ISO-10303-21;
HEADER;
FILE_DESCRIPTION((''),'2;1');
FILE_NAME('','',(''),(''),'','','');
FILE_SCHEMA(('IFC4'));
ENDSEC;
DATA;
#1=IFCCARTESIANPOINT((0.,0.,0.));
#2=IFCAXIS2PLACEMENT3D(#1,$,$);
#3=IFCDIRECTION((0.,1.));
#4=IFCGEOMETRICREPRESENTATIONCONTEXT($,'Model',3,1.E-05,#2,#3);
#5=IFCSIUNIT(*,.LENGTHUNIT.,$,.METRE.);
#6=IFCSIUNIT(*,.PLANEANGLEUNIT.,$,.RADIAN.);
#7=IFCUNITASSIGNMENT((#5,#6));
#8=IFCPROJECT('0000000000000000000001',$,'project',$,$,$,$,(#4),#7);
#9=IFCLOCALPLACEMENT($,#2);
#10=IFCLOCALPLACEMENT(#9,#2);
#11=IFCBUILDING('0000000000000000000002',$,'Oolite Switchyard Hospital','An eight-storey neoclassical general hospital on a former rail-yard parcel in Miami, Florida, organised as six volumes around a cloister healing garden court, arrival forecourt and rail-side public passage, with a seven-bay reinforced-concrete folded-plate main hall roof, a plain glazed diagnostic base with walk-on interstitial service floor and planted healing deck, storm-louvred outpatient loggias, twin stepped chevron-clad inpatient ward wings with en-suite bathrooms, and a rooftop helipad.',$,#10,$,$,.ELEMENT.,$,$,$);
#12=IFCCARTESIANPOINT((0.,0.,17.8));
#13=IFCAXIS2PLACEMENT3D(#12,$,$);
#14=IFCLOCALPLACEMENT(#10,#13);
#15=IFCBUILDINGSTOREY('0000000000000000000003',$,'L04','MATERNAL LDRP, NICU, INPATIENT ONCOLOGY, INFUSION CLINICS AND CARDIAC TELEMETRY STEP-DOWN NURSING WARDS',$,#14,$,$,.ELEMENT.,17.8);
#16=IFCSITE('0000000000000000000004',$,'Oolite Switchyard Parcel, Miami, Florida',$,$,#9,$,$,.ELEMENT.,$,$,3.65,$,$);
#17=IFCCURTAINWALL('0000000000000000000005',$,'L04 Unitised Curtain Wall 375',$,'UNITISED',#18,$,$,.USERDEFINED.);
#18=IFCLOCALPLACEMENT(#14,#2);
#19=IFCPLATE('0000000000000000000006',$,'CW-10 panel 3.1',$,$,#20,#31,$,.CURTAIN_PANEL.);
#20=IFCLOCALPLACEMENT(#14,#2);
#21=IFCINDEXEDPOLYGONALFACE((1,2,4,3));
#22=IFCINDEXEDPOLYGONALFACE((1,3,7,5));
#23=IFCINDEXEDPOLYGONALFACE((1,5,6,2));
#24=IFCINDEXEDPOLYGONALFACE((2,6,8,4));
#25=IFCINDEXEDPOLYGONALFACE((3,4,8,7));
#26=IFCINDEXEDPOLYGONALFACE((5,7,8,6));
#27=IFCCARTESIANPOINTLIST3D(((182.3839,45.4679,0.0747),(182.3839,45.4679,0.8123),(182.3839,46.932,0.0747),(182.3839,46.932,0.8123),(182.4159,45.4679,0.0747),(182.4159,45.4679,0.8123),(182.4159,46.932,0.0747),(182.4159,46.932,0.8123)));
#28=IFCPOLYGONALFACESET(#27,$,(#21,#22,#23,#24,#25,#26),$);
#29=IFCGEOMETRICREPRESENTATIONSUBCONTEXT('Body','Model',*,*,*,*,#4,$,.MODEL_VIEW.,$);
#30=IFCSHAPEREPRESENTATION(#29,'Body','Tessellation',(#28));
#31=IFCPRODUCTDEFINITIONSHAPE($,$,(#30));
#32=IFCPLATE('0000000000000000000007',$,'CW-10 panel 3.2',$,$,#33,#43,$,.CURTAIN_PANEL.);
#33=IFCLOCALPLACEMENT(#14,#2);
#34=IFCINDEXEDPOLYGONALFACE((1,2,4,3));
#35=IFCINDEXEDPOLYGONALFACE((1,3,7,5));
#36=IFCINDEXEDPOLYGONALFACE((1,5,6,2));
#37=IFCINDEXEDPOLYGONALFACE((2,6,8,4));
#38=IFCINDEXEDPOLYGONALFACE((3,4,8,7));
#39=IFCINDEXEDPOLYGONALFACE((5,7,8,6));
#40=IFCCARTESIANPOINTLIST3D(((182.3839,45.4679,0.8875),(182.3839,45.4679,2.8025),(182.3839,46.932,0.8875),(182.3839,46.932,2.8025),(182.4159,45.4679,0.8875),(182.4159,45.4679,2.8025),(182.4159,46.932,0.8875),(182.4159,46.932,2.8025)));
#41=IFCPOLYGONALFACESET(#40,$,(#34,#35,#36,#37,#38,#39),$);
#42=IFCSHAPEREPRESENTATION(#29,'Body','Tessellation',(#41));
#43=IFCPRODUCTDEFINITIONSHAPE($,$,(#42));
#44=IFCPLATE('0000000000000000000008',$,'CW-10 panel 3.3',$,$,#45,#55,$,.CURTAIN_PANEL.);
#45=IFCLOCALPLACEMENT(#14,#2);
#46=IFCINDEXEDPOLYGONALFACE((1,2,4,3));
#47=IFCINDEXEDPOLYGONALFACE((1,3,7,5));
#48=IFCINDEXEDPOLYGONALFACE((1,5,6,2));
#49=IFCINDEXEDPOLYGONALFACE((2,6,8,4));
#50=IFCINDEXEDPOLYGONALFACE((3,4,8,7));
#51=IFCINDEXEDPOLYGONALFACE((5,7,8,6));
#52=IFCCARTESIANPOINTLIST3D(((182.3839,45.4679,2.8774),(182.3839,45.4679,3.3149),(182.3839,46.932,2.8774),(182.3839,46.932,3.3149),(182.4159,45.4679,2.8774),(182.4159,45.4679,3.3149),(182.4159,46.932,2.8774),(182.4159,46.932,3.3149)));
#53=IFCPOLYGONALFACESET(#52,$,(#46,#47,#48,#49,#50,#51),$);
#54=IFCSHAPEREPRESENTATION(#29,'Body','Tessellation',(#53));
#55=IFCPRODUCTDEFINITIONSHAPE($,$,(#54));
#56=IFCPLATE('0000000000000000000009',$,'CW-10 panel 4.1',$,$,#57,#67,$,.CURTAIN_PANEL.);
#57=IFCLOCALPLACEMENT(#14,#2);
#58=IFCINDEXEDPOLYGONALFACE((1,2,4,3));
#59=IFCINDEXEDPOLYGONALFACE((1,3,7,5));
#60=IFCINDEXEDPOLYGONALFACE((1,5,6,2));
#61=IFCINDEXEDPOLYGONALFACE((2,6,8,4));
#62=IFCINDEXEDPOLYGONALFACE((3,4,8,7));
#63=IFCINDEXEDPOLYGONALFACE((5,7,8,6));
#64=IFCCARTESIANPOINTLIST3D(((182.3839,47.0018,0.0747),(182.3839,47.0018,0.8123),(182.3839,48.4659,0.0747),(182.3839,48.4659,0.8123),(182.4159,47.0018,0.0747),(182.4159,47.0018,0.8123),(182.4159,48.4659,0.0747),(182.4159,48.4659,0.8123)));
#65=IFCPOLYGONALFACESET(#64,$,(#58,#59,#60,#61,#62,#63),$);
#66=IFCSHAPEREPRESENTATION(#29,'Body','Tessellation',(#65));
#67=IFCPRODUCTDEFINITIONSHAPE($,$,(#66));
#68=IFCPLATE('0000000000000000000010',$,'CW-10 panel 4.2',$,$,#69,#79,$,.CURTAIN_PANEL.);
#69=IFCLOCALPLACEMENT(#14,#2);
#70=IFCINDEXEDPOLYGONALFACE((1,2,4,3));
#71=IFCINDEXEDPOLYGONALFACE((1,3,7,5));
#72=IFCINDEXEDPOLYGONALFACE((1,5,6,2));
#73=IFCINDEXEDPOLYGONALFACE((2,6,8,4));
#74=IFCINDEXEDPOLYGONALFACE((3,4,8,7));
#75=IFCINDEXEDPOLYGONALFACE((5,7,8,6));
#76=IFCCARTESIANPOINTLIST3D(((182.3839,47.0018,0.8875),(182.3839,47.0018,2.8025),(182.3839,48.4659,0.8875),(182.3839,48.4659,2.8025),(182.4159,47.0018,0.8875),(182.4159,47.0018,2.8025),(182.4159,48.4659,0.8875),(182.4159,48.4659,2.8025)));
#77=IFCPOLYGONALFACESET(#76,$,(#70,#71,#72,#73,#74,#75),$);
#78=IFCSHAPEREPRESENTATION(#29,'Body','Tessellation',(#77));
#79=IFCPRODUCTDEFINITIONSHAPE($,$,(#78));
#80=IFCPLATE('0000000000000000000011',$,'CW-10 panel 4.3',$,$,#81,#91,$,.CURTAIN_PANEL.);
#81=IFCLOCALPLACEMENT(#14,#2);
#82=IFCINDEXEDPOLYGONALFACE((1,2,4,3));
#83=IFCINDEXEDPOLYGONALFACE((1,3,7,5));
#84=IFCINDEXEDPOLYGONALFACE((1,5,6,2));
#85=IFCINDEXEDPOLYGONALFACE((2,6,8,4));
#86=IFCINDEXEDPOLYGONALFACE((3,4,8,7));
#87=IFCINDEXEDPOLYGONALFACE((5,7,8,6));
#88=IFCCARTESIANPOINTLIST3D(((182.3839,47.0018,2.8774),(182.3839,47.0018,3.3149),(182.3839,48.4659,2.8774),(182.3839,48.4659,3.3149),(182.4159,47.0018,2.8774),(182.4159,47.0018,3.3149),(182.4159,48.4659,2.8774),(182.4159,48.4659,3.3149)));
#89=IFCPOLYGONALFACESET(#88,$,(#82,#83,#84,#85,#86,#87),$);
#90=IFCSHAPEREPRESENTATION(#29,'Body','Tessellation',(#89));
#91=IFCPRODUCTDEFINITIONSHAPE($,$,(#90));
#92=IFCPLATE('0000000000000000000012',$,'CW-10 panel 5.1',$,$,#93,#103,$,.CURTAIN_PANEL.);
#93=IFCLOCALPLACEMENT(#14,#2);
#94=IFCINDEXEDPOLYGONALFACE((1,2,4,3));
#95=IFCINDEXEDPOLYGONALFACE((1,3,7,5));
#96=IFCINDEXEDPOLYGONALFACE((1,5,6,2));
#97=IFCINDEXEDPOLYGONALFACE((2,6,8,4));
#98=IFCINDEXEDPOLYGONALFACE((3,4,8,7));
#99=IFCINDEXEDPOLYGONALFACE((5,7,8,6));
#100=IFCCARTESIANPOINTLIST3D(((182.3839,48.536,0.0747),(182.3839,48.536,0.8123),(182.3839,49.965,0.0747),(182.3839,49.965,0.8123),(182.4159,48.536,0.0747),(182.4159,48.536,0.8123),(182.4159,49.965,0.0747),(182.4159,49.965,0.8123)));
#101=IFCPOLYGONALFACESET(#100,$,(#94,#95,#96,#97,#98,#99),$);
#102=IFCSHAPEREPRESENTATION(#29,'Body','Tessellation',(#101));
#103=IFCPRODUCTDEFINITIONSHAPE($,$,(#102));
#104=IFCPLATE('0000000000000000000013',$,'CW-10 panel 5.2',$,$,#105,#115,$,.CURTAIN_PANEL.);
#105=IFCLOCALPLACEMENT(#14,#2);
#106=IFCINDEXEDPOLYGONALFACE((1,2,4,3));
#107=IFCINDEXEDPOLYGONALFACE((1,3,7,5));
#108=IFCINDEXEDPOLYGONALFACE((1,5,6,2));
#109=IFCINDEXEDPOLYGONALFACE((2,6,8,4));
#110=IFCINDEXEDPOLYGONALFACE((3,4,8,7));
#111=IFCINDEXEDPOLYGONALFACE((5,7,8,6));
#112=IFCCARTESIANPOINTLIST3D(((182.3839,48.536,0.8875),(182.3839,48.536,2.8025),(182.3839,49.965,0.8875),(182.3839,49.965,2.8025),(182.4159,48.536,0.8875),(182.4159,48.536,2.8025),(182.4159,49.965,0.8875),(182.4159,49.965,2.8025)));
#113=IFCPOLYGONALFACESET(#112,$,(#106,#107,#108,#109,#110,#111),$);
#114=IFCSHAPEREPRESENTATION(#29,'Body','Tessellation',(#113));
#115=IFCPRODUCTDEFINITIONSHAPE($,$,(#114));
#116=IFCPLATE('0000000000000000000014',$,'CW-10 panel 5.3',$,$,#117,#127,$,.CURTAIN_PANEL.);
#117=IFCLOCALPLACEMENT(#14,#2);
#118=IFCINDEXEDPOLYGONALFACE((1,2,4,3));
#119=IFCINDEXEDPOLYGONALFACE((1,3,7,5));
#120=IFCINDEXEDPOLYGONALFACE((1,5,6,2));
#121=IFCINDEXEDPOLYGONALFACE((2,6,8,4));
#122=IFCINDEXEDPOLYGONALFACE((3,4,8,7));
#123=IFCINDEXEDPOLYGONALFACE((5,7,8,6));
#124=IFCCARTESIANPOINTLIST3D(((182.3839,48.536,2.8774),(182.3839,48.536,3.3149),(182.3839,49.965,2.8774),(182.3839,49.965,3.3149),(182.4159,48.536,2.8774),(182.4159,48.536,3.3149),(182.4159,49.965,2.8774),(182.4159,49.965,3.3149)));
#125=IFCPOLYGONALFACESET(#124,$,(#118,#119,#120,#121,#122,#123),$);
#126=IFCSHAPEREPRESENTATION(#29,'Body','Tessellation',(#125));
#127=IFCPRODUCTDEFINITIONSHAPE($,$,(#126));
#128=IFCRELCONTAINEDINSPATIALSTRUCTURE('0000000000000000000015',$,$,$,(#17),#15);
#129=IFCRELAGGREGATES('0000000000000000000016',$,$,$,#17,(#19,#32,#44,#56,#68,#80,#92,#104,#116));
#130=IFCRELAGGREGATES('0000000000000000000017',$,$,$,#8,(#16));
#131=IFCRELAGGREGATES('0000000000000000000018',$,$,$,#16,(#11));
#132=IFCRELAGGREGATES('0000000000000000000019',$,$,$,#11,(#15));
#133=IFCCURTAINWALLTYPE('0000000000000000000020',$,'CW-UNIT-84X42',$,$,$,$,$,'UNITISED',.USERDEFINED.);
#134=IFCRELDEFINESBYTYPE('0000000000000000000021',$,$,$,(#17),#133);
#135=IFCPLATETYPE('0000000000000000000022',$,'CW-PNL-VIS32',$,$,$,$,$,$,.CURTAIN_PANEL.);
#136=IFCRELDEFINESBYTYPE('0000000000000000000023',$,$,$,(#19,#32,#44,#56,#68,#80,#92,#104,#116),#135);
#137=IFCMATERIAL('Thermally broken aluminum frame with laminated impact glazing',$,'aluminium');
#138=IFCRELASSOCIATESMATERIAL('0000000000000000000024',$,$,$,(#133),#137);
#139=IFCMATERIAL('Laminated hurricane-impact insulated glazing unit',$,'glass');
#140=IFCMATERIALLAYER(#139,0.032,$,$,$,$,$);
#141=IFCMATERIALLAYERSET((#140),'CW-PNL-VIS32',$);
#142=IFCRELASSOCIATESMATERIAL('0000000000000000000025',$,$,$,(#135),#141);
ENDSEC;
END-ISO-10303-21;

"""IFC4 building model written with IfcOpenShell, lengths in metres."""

from ifc_helpers import new_model, si_unit, direction, frame, origin, origin_2d, place, context, subcontext, project, spatial, rectangle, extrude, material, layer, layer_set, type_object, element, aggregate, save


model = new_model("IFC4")

# Units and contexts
model_context = context("Model", 3, precision=1e-05, world=origin(), true_north=direction((0.0, 1.0)))
body_context = subcontext(model_context, "Body", "Model", "MODEL_VIEW")
ifc_project = project(units=[si_unit("LENGTHUNIT", "METRE"), si_unit("PLANEANGLEUNIT", "RADIAN")], contexts=[model_context])

# Site, building, storey
site_placement = place(None, origin())
site = spatial("IfcSite", under=ifc_project, at=site_placement, Name="Oolite Switchyard Parcel, Miami, Florida", CompositionType="ELEMENT", RefElevation=3.65)
building_placement = place(site_placement, origin())
building = spatial("IfcBuilding", under=site, at=building_placement, Name="Oolite Switchyard Hospital", Description="An eight-storey neoclassical general hospital on a former rail-yard parcel in Miami, Florida, organised as six volumes around a cloister healing garden court, arrival forecourt and rail-side public passage, with a seven-bay reinforced-concrete folded-plate main hall roof, a plain glazed diagnostic base with walk-on interstitial service floor and planted healing deck, storm-louvred outpatient loggias, twin stepped chevron-clad inpatient ward wings with en-suite bathrooms, and a rooftop helipad.", CompositionType="ELEMENT")
storey_placement = place(building_placement, frame((0.0, 0.0, 17.8)))
storey = spatial("IfcBuildingStorey", under=building, at=storey_placement, Name="L04", Description="MATERNAL LDRP, NICU, INPATIENT ONCOLOGY, INFUSION CLINICS AND CARDIAC TELEMETRY STEP-DOWN NURSING WARDS", CompositionType="ELEMENT", Elevation=17.8)

# Curtain wall, plates
ifc_material_1 = material(Name="Thermally broken aluminum frame with laminated impact glazing", Category="aluminium")
curtain_wall_type = type_object("IfcCurtainWallType", Name="CW-UNIT-84X42", ElementType="UNITISED", PredefinedType="USERDEFINED", material=ifc_material_1)
curtain_wall_placement = place(storey_placement, origin())
curtain_wall = element("IfcCurtainWall", 1, at=curtain_wall_placement, inside=storey, type_object=curtain_wall_type, Name="L04 Unitised Curtain Wall 375", ObjectType="UNITISED", PredefinedType="USERDEFINED")
ifc_material_2 = material(Name="Laminated hurricane-impact insulated glazing unit", Category="glass")
ifc_layer = layer(ifc_material_2, 0.032)
ifc_layer_set = layer_set([ifc_layer], Name="CW-PNL-VIS32")
plate_type = type_object("IfcPlateType", Name="CW-PNL-VIS32", PredefinedType="CURTAIN_PANEL", material=ifc_layer_set)
plate_1_placement = place(storey_placement, frame((182.3999, 46.2, 0.0747), z_axis=(0.0, 0.0, 1.0), x_axis=(0.0, 1.0, 0.0)))
plate_1 = element("IfcPlate", 2, at=plate_1_placement, type_object=plate_type, Name="CW-10 panel 3.1", PredefinedType="CURTAIN_PANEL", context=body_context, shape_type="SweptSolid", body=[
    extrude(rectangle(XDim=1.4641, YDim=0.032, at=origin_2d()), origin(), (0.0, 0.0, 1.0), 0.7375),
])
plate_2_placement = place(storey_placement, frame((182.3999, 46.2, 0.8875), z_axis=(0.0, 0.0, 1.0), x_axis=(0.0, 1.0, 0.0)))
plate_2 = element("IfcPlate", 3, at=plate_2_placement, type_object=plate_type, Name="CW-10 panel 3.2", PredefinedType="CURTAIN_PANEL", context=body_context, shape_type="SweptSolid", body=[
    extrude(rectangle(XDim=1.4641, YDim=0.032, at=origin_2d()), origin(), (0.0, 0.0, 1.0), 1.915),
])
plate_3_placement = place(storey_placement, frame((182.3999, 46.2, 2.8774), z_axis=(0.0, 0.0, 1.0), x_axis=(0.0, 1.0, 0.0)))
plate_3 = element("IfcPlate", 4, at=plate_3_placement, type_object=plate_type, Name="CW-10 panel 3.3", PredefinedType="CURTAIN_PANEL", context=body_context, shape_type="SweptSolid", body=[
    extrude(rectangle(XDim=1.4641, YDim=0.032, at=origin_2d()), origin(), (0.0, 0.0, 1.0), 0.4375),
])
plate_4_placement = place(storey_placement, frame((182.3999, 47.7339, 0.0747), z_axis=(0.0, 0.0, 1.0), x_axis=(0.0, 1.0, 0.0)))
plate_4 = element("IfcPlate", 5, at=plate_4_placement, type_object=plate_type, Name="CW-10 panel 4.1", PredefinedType="CURTAIN_PANEL", context=body_context, shape_type="SweptSolid", body=[
    extrude(rectangle(XDim=1.4641, YDim=0.032, at=origin_2d()), origin(), (0.0, 0.0, 1.0), 0.7375),
])
plate_5_placement = place(storey_placement, frame((182.3999, 47.7339, 0.8875), z_axis=(0.0, 0.0, 1.0), x_axis=(0.0, 1.0, 0.0)))
plate_5 = element("IfcPlate", 6, at=plate_5_placement, type_object=plate_type, Name="CW-10 panel 4.2", PredefinedType="CURTAIN_PANEL", context=body_context, shape_type="SweptSolid", body=[
    extrude(rectangle(XDim=1.4641, YDim=0.032, at=origin_2d()), origin(), (0.0, 0.0, 1.0), 1.915),
])
plate_6_placement = place(storey_placement, frame((182.3999, 47.7339, 2.8774), z_axis=(0.0, 0.0, 1.0), x_axis=(0.0, 1.0, 0.0)))
plate_6 = element("IfcPlate", 7, at=plate_6_placement, type_object=plate_type, Name="CW-10 panel 4.3", PredefinedType="CURTAIN_PANEL", context=body_context, shape_type="SweptSolid", body=[
    extrude(rectangle(XDim=1.4641, YDim=0.032, at=origin_2d()), origin(), (0.0, 0.0, 1.0), 0.4375),
])
plate_7_placement = place(storey_placement, frame((182.3999, 49.2505, 0.0747), z_axis=(0.0, 0.0, 1.0), x_axis=(0.0, 1.0, 0.0)))
plate_7 = element("IfcPlate", 8, at=plate_7_placement, type_object=plate_type, Name="CW-10 panel 5.1", PredefinedType="CURTAIN_PANEL", context=body_context, shape_type="SweptSolid", body=[
    extrude(rectangle(XDim=1.429, YDim=0.032, at=origin_2d()), origin(), (0.0, 0.0, 1.0), 0.7375),
])
plate_8_placement = place(storey_placement, frame((182.3999, 49.2505, 0.8875), z_axis=(0.0, 0.0, 1.0), x_axis=(0.0, 1.0, 0.0)))
plate_8 = element("IfcPlate", 9, at=plate_8_placement, type_object=plate_type, Name="CW-10 panel 5.2", PredefinedType="CURTAIN_PANEL", context=body_context, shape_type="SweptSolid", body=[
    extrude(rectangle(XDim=1.429, YDim=0.032, at=origin_2d()), origin(), (0.0, 0.0, 1.0), 1.915),
])
plate_9_placement = place(storey_placement, frame((182.3999, 49.2505, 2.8774), z_axis=(0.0, 0.0, 1.0), x_axis=(0.0, 1.0, 0.0)))
plate_9 = element("IfcPlate", 10, at=plate_9_placement, type_object=plate_type, Name="CW-10 panel 5.3", PredefinedType="CURTAIN_PANEL", context=body_context, shape_type="SweptSolid", body=[
    extrude(rectangle(XDim=1.429, YDim=0.032, at=origin_2d()), origin(), (0.0, 0.0, 1.0), 0.4375),
])
aggregate(curtain_wall, [plate_1, plate_2, plate_3, plate_4, plate_5, plate_6, plate_7, plate_8, plate_9])

save(model, "model.ifc")
